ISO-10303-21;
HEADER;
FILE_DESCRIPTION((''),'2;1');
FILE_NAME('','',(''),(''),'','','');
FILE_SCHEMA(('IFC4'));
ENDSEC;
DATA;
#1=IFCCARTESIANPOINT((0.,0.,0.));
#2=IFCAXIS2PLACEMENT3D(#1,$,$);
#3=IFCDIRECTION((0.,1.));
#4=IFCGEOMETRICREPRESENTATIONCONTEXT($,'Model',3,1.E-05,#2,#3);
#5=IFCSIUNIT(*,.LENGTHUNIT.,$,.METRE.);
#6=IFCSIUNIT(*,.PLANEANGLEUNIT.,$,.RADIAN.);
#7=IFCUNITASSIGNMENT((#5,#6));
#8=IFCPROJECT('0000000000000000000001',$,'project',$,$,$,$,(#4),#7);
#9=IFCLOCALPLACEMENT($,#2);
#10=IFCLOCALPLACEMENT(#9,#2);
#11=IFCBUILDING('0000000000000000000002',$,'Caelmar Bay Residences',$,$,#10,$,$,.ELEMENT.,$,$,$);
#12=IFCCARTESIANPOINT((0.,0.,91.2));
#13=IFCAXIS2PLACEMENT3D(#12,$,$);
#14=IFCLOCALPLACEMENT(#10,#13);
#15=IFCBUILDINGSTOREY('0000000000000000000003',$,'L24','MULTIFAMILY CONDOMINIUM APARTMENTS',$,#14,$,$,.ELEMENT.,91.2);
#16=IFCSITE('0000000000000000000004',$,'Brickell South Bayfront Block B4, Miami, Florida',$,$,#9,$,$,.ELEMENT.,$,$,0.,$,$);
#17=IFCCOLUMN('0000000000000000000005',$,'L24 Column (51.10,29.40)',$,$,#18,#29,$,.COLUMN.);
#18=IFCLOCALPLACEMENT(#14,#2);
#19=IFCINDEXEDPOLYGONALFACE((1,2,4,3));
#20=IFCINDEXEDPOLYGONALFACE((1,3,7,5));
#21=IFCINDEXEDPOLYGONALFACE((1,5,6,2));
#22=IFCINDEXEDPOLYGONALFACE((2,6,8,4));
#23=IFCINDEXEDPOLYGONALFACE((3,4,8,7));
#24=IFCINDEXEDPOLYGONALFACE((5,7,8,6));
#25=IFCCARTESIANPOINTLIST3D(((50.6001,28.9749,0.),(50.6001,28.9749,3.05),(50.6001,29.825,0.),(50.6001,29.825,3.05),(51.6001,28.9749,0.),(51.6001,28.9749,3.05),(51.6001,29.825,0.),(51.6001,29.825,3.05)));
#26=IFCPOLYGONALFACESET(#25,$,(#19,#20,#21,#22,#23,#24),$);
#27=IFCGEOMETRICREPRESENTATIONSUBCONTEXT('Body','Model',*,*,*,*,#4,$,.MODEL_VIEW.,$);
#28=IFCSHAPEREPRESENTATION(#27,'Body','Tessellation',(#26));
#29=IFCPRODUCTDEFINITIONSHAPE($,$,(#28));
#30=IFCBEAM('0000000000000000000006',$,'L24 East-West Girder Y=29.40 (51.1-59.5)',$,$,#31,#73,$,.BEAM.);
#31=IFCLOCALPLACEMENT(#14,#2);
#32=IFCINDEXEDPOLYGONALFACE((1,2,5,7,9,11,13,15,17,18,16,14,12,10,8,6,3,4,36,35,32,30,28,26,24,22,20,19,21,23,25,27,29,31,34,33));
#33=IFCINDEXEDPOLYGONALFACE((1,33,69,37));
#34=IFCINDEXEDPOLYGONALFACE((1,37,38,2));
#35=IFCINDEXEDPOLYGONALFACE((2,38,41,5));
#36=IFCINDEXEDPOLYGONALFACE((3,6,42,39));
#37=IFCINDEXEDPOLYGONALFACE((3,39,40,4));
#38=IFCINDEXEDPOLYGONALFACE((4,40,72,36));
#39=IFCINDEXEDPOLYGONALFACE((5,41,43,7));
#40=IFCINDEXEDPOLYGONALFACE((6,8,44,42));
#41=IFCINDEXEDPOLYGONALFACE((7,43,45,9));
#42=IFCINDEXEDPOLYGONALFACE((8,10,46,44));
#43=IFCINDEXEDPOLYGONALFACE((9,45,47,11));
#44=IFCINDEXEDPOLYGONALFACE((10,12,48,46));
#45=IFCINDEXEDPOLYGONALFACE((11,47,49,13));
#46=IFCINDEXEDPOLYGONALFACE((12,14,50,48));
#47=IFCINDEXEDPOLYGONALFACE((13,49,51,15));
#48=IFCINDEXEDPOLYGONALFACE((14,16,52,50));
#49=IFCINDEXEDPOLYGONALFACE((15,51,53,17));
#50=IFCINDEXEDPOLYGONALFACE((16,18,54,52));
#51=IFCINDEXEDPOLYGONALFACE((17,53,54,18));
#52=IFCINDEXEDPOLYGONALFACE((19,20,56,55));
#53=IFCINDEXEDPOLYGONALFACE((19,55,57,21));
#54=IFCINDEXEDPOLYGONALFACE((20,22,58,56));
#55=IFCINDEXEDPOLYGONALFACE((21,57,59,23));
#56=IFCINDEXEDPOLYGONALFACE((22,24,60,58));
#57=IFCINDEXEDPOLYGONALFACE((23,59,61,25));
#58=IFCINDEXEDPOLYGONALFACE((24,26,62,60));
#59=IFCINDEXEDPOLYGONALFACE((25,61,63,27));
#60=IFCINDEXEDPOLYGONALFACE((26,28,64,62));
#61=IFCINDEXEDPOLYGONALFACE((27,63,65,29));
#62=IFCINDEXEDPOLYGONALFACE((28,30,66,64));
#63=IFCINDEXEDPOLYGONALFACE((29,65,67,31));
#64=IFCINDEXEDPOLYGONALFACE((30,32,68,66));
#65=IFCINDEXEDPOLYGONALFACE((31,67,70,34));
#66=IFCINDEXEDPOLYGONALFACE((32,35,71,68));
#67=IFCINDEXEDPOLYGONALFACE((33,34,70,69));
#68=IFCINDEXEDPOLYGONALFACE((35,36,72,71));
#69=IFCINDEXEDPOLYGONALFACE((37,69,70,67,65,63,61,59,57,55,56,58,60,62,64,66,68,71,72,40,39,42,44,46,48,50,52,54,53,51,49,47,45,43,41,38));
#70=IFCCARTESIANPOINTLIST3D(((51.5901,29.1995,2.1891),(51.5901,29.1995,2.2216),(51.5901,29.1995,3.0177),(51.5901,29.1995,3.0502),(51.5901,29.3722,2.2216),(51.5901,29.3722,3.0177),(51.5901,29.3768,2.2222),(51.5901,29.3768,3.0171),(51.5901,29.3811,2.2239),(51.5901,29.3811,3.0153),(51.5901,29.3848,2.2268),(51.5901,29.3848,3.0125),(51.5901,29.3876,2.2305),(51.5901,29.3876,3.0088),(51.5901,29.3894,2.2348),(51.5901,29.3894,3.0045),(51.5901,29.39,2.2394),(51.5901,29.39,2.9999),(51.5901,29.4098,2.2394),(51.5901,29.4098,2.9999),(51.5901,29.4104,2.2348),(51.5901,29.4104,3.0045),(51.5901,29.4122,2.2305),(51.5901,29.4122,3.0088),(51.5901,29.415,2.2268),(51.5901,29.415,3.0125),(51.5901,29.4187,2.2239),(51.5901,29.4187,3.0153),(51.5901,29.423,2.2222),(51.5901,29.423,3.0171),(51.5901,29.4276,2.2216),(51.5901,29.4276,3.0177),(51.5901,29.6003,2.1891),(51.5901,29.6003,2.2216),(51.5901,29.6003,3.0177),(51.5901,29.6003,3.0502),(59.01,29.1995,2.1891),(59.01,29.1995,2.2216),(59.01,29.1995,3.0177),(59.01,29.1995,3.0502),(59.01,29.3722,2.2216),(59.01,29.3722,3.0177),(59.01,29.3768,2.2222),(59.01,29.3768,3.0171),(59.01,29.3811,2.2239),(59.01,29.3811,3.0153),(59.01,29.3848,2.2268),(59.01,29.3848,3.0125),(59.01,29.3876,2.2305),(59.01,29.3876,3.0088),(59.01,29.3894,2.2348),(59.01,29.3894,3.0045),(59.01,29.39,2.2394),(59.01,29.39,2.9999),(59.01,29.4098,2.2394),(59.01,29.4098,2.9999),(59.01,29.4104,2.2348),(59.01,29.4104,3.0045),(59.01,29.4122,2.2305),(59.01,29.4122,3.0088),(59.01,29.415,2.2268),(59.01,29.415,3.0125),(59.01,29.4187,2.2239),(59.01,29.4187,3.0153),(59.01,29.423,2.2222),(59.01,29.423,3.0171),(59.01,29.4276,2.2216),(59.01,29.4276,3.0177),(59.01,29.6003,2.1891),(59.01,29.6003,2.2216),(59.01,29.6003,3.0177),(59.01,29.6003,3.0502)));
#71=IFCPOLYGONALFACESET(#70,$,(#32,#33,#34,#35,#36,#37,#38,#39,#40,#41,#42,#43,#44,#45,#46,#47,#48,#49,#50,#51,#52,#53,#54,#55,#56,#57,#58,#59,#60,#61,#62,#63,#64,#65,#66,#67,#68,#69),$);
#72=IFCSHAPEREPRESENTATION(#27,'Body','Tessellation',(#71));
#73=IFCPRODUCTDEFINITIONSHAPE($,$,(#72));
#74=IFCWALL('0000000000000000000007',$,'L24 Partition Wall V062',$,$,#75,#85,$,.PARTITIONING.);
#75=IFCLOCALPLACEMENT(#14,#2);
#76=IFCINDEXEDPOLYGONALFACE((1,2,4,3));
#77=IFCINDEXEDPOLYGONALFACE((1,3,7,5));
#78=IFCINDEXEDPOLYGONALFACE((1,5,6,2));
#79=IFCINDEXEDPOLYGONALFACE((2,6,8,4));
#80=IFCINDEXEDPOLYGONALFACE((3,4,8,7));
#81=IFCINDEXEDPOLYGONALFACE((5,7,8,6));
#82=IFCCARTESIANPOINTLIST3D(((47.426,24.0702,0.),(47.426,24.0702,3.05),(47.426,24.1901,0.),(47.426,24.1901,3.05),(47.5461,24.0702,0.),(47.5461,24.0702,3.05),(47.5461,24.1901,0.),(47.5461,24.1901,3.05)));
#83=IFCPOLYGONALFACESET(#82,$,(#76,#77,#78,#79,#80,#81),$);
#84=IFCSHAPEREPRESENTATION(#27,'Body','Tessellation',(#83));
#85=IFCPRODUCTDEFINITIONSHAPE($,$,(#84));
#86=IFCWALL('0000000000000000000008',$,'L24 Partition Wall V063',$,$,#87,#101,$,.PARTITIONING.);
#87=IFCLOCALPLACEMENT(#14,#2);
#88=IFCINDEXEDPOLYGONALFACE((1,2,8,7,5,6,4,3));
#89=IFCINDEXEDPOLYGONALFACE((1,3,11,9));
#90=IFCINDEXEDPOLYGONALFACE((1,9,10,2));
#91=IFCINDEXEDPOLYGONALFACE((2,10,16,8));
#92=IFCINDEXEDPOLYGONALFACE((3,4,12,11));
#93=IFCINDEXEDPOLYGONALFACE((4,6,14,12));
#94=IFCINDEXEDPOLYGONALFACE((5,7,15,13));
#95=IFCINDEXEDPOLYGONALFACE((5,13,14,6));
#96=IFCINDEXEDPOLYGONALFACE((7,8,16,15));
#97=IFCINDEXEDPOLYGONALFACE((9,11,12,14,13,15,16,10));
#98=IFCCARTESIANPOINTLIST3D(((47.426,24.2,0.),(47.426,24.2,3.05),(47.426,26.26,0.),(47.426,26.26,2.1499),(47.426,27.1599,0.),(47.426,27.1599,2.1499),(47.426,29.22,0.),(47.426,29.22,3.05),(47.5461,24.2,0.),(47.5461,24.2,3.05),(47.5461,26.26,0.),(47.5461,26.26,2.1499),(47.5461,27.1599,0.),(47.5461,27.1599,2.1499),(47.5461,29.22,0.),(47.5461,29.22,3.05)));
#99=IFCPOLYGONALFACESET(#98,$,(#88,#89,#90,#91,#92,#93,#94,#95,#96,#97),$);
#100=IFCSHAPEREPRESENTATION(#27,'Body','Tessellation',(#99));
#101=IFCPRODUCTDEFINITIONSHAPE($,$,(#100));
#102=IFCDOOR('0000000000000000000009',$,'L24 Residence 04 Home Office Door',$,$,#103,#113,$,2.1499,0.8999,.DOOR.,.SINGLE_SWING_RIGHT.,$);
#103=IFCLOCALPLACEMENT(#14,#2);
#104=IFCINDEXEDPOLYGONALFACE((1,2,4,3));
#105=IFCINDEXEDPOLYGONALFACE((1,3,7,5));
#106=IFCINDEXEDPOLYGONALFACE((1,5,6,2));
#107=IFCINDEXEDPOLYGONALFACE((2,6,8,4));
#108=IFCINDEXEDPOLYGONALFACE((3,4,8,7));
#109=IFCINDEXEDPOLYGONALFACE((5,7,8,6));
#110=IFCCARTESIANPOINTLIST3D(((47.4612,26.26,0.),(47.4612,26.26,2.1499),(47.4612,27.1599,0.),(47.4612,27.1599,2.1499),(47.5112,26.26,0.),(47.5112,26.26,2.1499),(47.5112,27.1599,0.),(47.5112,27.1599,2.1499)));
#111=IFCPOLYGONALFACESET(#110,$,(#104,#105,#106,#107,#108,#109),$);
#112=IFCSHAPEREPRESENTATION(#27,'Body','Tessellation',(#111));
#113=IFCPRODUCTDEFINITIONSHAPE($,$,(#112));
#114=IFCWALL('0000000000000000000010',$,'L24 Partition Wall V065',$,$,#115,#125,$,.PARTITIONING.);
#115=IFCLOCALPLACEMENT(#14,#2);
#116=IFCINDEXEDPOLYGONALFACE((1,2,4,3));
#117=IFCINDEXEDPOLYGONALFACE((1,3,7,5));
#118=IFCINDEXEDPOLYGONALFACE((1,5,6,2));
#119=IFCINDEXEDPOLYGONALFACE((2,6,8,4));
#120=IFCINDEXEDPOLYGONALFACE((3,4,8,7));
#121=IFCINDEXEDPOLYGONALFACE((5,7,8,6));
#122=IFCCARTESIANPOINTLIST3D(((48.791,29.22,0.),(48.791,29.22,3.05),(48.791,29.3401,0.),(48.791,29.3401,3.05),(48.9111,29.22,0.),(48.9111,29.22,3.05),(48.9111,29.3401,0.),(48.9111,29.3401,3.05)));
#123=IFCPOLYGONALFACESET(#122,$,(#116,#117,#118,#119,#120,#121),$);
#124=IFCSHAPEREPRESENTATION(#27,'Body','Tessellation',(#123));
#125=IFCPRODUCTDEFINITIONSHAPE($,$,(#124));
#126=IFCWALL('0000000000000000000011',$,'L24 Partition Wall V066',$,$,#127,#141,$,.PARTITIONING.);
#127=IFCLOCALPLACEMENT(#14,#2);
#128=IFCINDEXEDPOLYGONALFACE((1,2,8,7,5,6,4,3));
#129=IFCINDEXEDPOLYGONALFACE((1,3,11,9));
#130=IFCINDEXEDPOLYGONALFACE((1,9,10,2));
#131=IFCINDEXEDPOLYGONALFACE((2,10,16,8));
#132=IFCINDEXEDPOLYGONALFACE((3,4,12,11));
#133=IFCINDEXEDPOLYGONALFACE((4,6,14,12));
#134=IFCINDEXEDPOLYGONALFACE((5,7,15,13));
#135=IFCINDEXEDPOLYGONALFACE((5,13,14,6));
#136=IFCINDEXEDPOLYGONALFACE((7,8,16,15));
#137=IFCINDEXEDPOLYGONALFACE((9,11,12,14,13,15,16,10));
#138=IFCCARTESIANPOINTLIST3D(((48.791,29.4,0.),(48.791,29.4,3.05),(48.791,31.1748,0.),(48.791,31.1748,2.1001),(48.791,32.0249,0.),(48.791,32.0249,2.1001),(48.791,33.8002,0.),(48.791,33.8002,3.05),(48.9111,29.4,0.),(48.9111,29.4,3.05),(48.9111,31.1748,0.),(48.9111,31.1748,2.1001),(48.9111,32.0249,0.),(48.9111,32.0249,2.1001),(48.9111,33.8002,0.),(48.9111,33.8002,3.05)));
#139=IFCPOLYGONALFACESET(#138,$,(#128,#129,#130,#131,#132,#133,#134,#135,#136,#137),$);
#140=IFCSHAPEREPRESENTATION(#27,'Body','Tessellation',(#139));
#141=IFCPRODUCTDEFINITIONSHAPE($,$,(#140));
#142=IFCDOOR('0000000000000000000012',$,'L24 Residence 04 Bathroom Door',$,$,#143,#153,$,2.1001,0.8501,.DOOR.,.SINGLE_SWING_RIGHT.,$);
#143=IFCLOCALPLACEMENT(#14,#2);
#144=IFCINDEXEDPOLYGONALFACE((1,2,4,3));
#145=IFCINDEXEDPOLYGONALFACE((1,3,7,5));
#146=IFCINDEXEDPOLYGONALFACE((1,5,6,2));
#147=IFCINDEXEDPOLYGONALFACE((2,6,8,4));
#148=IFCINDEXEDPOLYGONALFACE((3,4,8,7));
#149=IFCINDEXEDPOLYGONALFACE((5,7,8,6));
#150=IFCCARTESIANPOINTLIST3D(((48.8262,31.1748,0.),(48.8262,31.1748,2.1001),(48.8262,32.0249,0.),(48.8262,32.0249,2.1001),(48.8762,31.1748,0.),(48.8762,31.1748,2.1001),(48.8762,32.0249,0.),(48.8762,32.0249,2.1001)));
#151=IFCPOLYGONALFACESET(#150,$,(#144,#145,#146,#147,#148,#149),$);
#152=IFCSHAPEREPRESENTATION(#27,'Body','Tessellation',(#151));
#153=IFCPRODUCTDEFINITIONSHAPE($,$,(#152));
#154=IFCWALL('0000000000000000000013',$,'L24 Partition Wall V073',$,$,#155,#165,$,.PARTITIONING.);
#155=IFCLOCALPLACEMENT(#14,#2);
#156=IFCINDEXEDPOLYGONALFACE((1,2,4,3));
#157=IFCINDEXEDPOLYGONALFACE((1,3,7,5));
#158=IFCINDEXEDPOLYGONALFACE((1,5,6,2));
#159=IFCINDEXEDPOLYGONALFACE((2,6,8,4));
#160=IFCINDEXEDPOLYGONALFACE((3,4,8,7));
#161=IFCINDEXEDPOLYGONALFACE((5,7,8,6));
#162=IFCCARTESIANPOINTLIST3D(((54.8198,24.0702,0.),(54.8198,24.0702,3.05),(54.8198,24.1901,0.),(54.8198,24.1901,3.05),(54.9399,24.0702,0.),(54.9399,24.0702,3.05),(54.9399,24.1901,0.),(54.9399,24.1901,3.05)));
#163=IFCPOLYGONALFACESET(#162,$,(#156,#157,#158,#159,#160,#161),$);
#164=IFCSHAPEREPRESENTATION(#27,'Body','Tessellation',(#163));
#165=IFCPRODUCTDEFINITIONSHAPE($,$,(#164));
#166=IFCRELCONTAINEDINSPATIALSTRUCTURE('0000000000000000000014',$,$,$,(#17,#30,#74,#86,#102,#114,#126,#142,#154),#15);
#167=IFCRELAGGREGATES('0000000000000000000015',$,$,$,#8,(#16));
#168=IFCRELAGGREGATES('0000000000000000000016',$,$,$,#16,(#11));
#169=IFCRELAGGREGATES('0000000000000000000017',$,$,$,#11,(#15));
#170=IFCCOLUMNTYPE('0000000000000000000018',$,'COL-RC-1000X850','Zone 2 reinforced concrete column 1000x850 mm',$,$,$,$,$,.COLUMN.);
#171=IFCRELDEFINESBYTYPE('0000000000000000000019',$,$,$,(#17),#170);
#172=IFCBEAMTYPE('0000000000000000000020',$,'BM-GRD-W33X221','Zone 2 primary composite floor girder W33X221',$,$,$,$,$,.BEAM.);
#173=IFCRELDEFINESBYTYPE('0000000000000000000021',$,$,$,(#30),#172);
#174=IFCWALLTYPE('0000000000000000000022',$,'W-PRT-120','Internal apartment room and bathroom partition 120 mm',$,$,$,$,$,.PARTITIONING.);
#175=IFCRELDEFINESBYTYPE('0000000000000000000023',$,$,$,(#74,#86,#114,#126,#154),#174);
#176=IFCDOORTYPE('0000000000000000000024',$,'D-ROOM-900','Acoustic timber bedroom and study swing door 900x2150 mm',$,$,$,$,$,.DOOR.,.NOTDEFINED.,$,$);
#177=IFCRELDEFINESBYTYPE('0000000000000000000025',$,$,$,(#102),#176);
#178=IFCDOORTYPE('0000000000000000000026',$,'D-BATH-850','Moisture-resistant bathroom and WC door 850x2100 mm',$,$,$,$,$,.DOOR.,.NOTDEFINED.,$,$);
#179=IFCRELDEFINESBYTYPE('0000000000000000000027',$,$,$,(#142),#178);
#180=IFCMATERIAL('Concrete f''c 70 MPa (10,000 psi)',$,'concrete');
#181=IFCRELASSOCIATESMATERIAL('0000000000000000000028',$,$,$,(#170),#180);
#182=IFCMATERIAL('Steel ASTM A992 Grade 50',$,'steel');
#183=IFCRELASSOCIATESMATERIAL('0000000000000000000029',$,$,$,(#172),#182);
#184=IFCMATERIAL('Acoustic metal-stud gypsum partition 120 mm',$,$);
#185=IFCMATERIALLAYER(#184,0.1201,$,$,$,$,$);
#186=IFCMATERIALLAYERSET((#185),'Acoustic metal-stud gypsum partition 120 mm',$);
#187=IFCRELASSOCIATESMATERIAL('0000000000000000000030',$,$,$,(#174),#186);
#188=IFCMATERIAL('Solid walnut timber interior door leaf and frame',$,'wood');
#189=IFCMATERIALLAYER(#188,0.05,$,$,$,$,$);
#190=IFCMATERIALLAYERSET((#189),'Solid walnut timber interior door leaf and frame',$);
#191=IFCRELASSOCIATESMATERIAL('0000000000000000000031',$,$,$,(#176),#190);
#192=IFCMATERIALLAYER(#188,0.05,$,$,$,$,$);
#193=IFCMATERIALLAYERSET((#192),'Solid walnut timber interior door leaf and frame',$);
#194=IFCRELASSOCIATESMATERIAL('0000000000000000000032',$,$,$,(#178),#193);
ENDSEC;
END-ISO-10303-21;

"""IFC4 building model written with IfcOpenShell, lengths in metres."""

from ifc_helpers import new_model, si_unit, direction, frame, frame_2d, origin, origin_2d, place, context, subcontext, project, spatial, rectangle, i_section, extrude, material, layer, layer_set, material_profile, profile_set, type_object, element, fill, save


model = new_model("IFC4")

# Units and contexts
model_context = context("Model", 3, precision=1e-05, world=origin(), true_north=direction((0.0, 1.0)))
body_context = subcontext(model_context, "Body", "Model", "MODEL_VIEW")
ifc_project = project(units=[si_unit("LENGTHUNIT", "METRE"), si_unit("PLANEANGLEUNIT", "RADIAN")], contexts=[model_context])

# Site, building, storey
site_placement = place(None, origin())
site = spatial("IfcSite", under=ifc_project, at=site_placement, Name="Brickell South Bayfront Block B4, Miami, Florida", CompositionType="ELEMENT", RefElevation=0.0)
building_placement = place(site_placement, origin())
building = spatial("IfcBuilding", under=site, at=building_placement, Name="Caelmar Bay Residences", CompositionType="ELEMENT")
storey_placement = place(building_placement, frame((0.0, 0.0, 91.2)))
storey = spatial("IfcBuildingStorey", under=building, at=storey_placement, Name="L24", Description="MULTIFAMILY CONDOMINIUM APARTMENTS", CompositionType="ELEMENT", Elevation=91.2)

# Column
ifc_material_1 = material(Name="Concrete f'c 70 MPa (10,000 psi)", Category="concrete")
ifc_material_profile_1 = material_profile(ifc_material_1, rectangle(XDim=1.0, YDim=0.8501, at=origin_2d()), Name="RC-COL-1000X850")
ifc_profile_set_1 = profile_set([ifc_material_profile_1], Name="Concrete f'c 70 MPa (10,000 psi)")
column_type = type_object("IfcColumnType", Name="COL-RC-1000X850", Description="Zone 2 reinforced concrete column 1000x850 mm", PredefinedType="COLUMN", material=ifc_profile_set_1)
column_placement = place(storey_placement, frame((51.1001, 29.3999, 0.0), z_axis=(0.0, 0.0, 1.0), x_axis=(1.0, 0.0, 0.0)))
element("IfcColumn", 1, at=column_placement, inside=storey, type_object=column_type, Name="L24 Column (51.10,29.40)", PredefinedType="COLUMN", context=body_context, shape_type="SweptSolid", body=[
    extrude(rectangle(XDim=1.0, YDim=0.8501, at=origin_2d()), origin(), (0.0, 0.0, 1.0), 3.05),
])

# Beam
ifc_material_2 = material(Name="Steel ASTM A992 Grade 50", Category="steel")
ifc_material_profile_2 = material_profile(ifc_material_2, i_section(OverallWidth=0.4009, OverallDepth=0.8611, WebThickness=0.0198, FlangeThickness=0.0325, FilletRadius=0.0178, at=origin_2d()), Name="W33X221")
ifc_profile_set_2 = profile_set([ifc_material_profile_2], Name="Steel ASTM A992 Grade 50")
beam_type = type_object("IfcBeamType", Name="BM-GRD-W33X221", Description="Zone 2 primary composite floor girder W33X221", PredefinedType="BEAM", material=ifc_profile_set_2)
beam_placement = place(storey_placement, frame((51.5901, 29.3999, 2.6196), z_axis=(1.0, 0.0, 0.0), x_axis=(0.0, 1.0, 0.0)))
element("IfcBeam", 2, at=beam_placement, inside=storey, type_object=beam_type, Name="L24 East-West Girder Y=29.40 (51.1-59.5)", PredefinedType="BEAM", context=body_context, shape_type="SweptSolid", body=[
    extrude(i_section(OverallWidth=0.4009, OverallDepth=0.8611, WebThickness=0.0198, FlangeThickness=0.0325, FilletRadius=0.0178, at=origin_2d()), origin(), (0.0, 0.0, 1.0), 7.4199),
])

# Wall
ifc_material_3 = material(Name="Acoustic metal-stud gypsum partition 120 mm")
ifc_layer_1 = layer(ifc_material_3, 0.1201)
ifc_layer_set_1 = layer_set([ifc_layer_1], Name="Acoustic metal-stud gypsum partition 120 mm")
wall_type = type_object("IfcWallType", Name="W-PRT-120", Description="Internal apartment room and bathroom partition 120 mm", PredefinedType="PARTITIONING", material=ifc_layer_set_1)
wall_1_placement = place(storey_placement, frame((47.4861, 24.0701, 0.0), z_axis=(0.0, 0.0, 1.0), x_axis=(0.0, 1.0, 0.0)))
element("IfcWall", 3, at=wall_1_placement, inside=storey, type_object=wall_type, Name="L24 Partition Wall V062", PredefinedType="PARTITIONING", context=body_context, shape_type="SweptSolid", body=[
    extrude(rectangle(XDim=0.1199, YDim=0.1201, at=frame_2d((0.0601, 0.0))), origin(), (0.0, 0.0, 1.0), 3.05),
])

# Wall, opening, door
wall_2_placement = place(storey_placement, frame((47.4861, 24.2, 0.0), z_axis=(0.0, 0.0, 1.0), x_axis=(0.0, 1.0, 0.0)))
wall_2 = element("IfcWall", 4, at=wall_2_placement, inside=storey, type_object=wall_type, Name="L24 Partition Wall V063", PredefinedType="PARTITIONING", context=body_context, shape_type="SweptSolid", body=[
    extrude(rectangle(XDim=5.02, YDim=0.1201, at=frame_2d((2.51, 0.0))), origin(), (0.0, 0.0, 1.0), 3.05),
])
opening_1_placement = place(wall_2_placement, frame((2.0601, 0.0, 0.0)))
opening_1 = element("IfcOpeningElement", 5, at=opening_1_placement, cuts=wall_2, PredefinedType="OPENING", context=body_context, shape_type="SweptSolid", body=[
    extrude(rectangle(XDim=0.8999, YDim=2.1499, at=frame_2d((0.45, 1.075))), frame((0.0, 0.0701, 0.0), z_axis=(0.0, -1.0, 0.0), x_axis=(1.0, 0.0, 0.0)), (0.0, 0.0, 1.0), 0.1401),
])
ifc_material_4 = material(Name="Solid walnut timber interior door leaf and frame", Category="wood")
ifc_layer_2 = layer(ifc_material_4, 0.05)
ifc_layer_set_2 = layer_set([ifc_layer_2], Name="Solid walnut timber interior door leaf and frame")
door_type_1 = type_object("IfcDoorType", Name="D-ROOM-900", Description="Acoustic timber bedroom and study swing door 900x2150 mm", OperationType="NOTDEFINED", PredefinedType="DOOR", material=ifc_layer_set_2)
door_1_placement = place(opening_1_placement, origin())
door_1 = element("IfcDoor", 6, at=door_1_placement, inside=storey, type_object=door_type_1, Name="L24 Residence 04 Home Office Door", OperationType="SINGLE_SWING_RIGHT", OverallHeight=2.1499, OverallWidth=0.8999, PredefinedType="DOOR", context=body_context, shape_type="SweptSolid", body=[
    extrude(rectangle(XDim=0.8999, YDim=2.1499, at=frame_2d((0.45, 1.075))), frame((0.0, 0.0249, 0.0), z_axis=(0.0, -1.0, 0.0), x_axis=(1.0, 0.0, 0.0)), (0.0, 0.0, 1.0), 0.05),
])
fill(opening_1, door_1)

# Wall
wall_3_placement = place(storey_placement, frame((48.8511, 29.22, 0.0), z_axis=(0.0, 0.0, 1.0), x_axis=(0.0, 1.0, 0.0)))
element("IfcWall", 7, at=wall_3_placement, inside=storey, type_object=wall_type, Name="L24 Partition Wall V065", PredefinedType="PARTITIONING", context=body_context, shape_type="SweptSolid", body=[
    extrude(rectangle(XDim=0.1201, YDim=0.1201, at=frame_2d((0.0601, 0.0))), origin(), (0.0, 0.0, 1.0), 3.05),
])

# Wall, opening, door
wall_4_placement = place(storey_placement, frame((48.8511, 29.3999, 0.0), z_axis=(0.0, 0.0, 1.0), x_axis=(0.0, 1.0, 0.0)))
wall_4 = element("IfcWall", 8, at=wall_4_placement, inside=storey, type_object=wall_type, Name="L24 Partition Wall V066", PredefinedType="PARTITIONING", context=body_context, shape_type="SweptSolid", body=[
    extrude(rectangle(XDim=4.4001, YDim=0.1201, at=frame_2d((2.2002, 0.0))), origin(), (0.0, 0.0, 1.0), 3.05),
])
opening_2_placement = place(wall_4_placement, frame((1.7749, 0.0, 0.0)))
opening_2 = element("IfcOpeningElement", 9, at=opening_2_placement, cuts=wall_4, PredefinedType="OPENING", context=body_context, shape_type="SweptSolid", body=[
    extrude(rectangle(XDim=0.8501, YDim=2.1001, at=frame_2d((0.425, 1.05))), frame((0.0, 0.0701, 0.0), z_axis=(0.0, -1.0, 0.0), x_axis=(1.0, 0.0, 0.0)), (0.0, 0.0, 1.0), 0.1401),
])
ifc_layer_3 = layer(ifc_material_4, 0.05)
ifc_layer_set_3 = layer_set([ifc_layer_3], Name="Solid walnut timber interior door leaf and frame")
door_type_2 = type_object("IfcDoorType", Name="D-BATH-850", Description="Moisture-resistant bathroom and WC door 850x2100 mm", OperationType="NOTDEFINED", PredefinedType="DOOR", material=ifc_layer_set_3)
door_2_placement = place(opening_2_placement, origin())
door_2 = element("IfcDoor", 10, at=door_2_placement, inside=storey, type_object=door_type_2, Name="L24 Residence 04 Bathroom Door", OperationType="SINGLE_SWING_RIGHT", OverallHeight=2.1001, OverallWidth=0.8501, PredefinedType="DOOR", context=body_context, shape_type="SweptSolid", body=[
    extrude(rectangle(XDim=0.8501, YDim=2.1001, at=frame_2d((0.425, 1.05))), frame((0.0, 0.0249, 0.0), z_axis=(0.0, -1.0, 0.0), x_axis=(1.0, 0.0, 0.0)), (0.0, 0.0, 1.0), 0.05),
])
fill(opening_2, door_2)

# Wall
wall_5_placement = place(storey_placement, frame((54.8799, 24.0701, 0.0), z_axis=(0.0, 0.0, 1.0), x_axis=(0.0, 1.0, 0.0)))
element("IfcWall", 11, at=wall_5_placement, inside=storey, type_object=wall_type, Name="L24 Partition Wall V073", PredefinedType="PARTITIONING", context=body_context, shape_type="SweptSolid", body=[
    extrude(rectangle(XDim=0.1199, YDim=0.1201, at=frame_2d((0.0601, 0.0))), origin(), (0.0, 0.0, 1.0), 3.05),
])

save(model, "model.ifc")
